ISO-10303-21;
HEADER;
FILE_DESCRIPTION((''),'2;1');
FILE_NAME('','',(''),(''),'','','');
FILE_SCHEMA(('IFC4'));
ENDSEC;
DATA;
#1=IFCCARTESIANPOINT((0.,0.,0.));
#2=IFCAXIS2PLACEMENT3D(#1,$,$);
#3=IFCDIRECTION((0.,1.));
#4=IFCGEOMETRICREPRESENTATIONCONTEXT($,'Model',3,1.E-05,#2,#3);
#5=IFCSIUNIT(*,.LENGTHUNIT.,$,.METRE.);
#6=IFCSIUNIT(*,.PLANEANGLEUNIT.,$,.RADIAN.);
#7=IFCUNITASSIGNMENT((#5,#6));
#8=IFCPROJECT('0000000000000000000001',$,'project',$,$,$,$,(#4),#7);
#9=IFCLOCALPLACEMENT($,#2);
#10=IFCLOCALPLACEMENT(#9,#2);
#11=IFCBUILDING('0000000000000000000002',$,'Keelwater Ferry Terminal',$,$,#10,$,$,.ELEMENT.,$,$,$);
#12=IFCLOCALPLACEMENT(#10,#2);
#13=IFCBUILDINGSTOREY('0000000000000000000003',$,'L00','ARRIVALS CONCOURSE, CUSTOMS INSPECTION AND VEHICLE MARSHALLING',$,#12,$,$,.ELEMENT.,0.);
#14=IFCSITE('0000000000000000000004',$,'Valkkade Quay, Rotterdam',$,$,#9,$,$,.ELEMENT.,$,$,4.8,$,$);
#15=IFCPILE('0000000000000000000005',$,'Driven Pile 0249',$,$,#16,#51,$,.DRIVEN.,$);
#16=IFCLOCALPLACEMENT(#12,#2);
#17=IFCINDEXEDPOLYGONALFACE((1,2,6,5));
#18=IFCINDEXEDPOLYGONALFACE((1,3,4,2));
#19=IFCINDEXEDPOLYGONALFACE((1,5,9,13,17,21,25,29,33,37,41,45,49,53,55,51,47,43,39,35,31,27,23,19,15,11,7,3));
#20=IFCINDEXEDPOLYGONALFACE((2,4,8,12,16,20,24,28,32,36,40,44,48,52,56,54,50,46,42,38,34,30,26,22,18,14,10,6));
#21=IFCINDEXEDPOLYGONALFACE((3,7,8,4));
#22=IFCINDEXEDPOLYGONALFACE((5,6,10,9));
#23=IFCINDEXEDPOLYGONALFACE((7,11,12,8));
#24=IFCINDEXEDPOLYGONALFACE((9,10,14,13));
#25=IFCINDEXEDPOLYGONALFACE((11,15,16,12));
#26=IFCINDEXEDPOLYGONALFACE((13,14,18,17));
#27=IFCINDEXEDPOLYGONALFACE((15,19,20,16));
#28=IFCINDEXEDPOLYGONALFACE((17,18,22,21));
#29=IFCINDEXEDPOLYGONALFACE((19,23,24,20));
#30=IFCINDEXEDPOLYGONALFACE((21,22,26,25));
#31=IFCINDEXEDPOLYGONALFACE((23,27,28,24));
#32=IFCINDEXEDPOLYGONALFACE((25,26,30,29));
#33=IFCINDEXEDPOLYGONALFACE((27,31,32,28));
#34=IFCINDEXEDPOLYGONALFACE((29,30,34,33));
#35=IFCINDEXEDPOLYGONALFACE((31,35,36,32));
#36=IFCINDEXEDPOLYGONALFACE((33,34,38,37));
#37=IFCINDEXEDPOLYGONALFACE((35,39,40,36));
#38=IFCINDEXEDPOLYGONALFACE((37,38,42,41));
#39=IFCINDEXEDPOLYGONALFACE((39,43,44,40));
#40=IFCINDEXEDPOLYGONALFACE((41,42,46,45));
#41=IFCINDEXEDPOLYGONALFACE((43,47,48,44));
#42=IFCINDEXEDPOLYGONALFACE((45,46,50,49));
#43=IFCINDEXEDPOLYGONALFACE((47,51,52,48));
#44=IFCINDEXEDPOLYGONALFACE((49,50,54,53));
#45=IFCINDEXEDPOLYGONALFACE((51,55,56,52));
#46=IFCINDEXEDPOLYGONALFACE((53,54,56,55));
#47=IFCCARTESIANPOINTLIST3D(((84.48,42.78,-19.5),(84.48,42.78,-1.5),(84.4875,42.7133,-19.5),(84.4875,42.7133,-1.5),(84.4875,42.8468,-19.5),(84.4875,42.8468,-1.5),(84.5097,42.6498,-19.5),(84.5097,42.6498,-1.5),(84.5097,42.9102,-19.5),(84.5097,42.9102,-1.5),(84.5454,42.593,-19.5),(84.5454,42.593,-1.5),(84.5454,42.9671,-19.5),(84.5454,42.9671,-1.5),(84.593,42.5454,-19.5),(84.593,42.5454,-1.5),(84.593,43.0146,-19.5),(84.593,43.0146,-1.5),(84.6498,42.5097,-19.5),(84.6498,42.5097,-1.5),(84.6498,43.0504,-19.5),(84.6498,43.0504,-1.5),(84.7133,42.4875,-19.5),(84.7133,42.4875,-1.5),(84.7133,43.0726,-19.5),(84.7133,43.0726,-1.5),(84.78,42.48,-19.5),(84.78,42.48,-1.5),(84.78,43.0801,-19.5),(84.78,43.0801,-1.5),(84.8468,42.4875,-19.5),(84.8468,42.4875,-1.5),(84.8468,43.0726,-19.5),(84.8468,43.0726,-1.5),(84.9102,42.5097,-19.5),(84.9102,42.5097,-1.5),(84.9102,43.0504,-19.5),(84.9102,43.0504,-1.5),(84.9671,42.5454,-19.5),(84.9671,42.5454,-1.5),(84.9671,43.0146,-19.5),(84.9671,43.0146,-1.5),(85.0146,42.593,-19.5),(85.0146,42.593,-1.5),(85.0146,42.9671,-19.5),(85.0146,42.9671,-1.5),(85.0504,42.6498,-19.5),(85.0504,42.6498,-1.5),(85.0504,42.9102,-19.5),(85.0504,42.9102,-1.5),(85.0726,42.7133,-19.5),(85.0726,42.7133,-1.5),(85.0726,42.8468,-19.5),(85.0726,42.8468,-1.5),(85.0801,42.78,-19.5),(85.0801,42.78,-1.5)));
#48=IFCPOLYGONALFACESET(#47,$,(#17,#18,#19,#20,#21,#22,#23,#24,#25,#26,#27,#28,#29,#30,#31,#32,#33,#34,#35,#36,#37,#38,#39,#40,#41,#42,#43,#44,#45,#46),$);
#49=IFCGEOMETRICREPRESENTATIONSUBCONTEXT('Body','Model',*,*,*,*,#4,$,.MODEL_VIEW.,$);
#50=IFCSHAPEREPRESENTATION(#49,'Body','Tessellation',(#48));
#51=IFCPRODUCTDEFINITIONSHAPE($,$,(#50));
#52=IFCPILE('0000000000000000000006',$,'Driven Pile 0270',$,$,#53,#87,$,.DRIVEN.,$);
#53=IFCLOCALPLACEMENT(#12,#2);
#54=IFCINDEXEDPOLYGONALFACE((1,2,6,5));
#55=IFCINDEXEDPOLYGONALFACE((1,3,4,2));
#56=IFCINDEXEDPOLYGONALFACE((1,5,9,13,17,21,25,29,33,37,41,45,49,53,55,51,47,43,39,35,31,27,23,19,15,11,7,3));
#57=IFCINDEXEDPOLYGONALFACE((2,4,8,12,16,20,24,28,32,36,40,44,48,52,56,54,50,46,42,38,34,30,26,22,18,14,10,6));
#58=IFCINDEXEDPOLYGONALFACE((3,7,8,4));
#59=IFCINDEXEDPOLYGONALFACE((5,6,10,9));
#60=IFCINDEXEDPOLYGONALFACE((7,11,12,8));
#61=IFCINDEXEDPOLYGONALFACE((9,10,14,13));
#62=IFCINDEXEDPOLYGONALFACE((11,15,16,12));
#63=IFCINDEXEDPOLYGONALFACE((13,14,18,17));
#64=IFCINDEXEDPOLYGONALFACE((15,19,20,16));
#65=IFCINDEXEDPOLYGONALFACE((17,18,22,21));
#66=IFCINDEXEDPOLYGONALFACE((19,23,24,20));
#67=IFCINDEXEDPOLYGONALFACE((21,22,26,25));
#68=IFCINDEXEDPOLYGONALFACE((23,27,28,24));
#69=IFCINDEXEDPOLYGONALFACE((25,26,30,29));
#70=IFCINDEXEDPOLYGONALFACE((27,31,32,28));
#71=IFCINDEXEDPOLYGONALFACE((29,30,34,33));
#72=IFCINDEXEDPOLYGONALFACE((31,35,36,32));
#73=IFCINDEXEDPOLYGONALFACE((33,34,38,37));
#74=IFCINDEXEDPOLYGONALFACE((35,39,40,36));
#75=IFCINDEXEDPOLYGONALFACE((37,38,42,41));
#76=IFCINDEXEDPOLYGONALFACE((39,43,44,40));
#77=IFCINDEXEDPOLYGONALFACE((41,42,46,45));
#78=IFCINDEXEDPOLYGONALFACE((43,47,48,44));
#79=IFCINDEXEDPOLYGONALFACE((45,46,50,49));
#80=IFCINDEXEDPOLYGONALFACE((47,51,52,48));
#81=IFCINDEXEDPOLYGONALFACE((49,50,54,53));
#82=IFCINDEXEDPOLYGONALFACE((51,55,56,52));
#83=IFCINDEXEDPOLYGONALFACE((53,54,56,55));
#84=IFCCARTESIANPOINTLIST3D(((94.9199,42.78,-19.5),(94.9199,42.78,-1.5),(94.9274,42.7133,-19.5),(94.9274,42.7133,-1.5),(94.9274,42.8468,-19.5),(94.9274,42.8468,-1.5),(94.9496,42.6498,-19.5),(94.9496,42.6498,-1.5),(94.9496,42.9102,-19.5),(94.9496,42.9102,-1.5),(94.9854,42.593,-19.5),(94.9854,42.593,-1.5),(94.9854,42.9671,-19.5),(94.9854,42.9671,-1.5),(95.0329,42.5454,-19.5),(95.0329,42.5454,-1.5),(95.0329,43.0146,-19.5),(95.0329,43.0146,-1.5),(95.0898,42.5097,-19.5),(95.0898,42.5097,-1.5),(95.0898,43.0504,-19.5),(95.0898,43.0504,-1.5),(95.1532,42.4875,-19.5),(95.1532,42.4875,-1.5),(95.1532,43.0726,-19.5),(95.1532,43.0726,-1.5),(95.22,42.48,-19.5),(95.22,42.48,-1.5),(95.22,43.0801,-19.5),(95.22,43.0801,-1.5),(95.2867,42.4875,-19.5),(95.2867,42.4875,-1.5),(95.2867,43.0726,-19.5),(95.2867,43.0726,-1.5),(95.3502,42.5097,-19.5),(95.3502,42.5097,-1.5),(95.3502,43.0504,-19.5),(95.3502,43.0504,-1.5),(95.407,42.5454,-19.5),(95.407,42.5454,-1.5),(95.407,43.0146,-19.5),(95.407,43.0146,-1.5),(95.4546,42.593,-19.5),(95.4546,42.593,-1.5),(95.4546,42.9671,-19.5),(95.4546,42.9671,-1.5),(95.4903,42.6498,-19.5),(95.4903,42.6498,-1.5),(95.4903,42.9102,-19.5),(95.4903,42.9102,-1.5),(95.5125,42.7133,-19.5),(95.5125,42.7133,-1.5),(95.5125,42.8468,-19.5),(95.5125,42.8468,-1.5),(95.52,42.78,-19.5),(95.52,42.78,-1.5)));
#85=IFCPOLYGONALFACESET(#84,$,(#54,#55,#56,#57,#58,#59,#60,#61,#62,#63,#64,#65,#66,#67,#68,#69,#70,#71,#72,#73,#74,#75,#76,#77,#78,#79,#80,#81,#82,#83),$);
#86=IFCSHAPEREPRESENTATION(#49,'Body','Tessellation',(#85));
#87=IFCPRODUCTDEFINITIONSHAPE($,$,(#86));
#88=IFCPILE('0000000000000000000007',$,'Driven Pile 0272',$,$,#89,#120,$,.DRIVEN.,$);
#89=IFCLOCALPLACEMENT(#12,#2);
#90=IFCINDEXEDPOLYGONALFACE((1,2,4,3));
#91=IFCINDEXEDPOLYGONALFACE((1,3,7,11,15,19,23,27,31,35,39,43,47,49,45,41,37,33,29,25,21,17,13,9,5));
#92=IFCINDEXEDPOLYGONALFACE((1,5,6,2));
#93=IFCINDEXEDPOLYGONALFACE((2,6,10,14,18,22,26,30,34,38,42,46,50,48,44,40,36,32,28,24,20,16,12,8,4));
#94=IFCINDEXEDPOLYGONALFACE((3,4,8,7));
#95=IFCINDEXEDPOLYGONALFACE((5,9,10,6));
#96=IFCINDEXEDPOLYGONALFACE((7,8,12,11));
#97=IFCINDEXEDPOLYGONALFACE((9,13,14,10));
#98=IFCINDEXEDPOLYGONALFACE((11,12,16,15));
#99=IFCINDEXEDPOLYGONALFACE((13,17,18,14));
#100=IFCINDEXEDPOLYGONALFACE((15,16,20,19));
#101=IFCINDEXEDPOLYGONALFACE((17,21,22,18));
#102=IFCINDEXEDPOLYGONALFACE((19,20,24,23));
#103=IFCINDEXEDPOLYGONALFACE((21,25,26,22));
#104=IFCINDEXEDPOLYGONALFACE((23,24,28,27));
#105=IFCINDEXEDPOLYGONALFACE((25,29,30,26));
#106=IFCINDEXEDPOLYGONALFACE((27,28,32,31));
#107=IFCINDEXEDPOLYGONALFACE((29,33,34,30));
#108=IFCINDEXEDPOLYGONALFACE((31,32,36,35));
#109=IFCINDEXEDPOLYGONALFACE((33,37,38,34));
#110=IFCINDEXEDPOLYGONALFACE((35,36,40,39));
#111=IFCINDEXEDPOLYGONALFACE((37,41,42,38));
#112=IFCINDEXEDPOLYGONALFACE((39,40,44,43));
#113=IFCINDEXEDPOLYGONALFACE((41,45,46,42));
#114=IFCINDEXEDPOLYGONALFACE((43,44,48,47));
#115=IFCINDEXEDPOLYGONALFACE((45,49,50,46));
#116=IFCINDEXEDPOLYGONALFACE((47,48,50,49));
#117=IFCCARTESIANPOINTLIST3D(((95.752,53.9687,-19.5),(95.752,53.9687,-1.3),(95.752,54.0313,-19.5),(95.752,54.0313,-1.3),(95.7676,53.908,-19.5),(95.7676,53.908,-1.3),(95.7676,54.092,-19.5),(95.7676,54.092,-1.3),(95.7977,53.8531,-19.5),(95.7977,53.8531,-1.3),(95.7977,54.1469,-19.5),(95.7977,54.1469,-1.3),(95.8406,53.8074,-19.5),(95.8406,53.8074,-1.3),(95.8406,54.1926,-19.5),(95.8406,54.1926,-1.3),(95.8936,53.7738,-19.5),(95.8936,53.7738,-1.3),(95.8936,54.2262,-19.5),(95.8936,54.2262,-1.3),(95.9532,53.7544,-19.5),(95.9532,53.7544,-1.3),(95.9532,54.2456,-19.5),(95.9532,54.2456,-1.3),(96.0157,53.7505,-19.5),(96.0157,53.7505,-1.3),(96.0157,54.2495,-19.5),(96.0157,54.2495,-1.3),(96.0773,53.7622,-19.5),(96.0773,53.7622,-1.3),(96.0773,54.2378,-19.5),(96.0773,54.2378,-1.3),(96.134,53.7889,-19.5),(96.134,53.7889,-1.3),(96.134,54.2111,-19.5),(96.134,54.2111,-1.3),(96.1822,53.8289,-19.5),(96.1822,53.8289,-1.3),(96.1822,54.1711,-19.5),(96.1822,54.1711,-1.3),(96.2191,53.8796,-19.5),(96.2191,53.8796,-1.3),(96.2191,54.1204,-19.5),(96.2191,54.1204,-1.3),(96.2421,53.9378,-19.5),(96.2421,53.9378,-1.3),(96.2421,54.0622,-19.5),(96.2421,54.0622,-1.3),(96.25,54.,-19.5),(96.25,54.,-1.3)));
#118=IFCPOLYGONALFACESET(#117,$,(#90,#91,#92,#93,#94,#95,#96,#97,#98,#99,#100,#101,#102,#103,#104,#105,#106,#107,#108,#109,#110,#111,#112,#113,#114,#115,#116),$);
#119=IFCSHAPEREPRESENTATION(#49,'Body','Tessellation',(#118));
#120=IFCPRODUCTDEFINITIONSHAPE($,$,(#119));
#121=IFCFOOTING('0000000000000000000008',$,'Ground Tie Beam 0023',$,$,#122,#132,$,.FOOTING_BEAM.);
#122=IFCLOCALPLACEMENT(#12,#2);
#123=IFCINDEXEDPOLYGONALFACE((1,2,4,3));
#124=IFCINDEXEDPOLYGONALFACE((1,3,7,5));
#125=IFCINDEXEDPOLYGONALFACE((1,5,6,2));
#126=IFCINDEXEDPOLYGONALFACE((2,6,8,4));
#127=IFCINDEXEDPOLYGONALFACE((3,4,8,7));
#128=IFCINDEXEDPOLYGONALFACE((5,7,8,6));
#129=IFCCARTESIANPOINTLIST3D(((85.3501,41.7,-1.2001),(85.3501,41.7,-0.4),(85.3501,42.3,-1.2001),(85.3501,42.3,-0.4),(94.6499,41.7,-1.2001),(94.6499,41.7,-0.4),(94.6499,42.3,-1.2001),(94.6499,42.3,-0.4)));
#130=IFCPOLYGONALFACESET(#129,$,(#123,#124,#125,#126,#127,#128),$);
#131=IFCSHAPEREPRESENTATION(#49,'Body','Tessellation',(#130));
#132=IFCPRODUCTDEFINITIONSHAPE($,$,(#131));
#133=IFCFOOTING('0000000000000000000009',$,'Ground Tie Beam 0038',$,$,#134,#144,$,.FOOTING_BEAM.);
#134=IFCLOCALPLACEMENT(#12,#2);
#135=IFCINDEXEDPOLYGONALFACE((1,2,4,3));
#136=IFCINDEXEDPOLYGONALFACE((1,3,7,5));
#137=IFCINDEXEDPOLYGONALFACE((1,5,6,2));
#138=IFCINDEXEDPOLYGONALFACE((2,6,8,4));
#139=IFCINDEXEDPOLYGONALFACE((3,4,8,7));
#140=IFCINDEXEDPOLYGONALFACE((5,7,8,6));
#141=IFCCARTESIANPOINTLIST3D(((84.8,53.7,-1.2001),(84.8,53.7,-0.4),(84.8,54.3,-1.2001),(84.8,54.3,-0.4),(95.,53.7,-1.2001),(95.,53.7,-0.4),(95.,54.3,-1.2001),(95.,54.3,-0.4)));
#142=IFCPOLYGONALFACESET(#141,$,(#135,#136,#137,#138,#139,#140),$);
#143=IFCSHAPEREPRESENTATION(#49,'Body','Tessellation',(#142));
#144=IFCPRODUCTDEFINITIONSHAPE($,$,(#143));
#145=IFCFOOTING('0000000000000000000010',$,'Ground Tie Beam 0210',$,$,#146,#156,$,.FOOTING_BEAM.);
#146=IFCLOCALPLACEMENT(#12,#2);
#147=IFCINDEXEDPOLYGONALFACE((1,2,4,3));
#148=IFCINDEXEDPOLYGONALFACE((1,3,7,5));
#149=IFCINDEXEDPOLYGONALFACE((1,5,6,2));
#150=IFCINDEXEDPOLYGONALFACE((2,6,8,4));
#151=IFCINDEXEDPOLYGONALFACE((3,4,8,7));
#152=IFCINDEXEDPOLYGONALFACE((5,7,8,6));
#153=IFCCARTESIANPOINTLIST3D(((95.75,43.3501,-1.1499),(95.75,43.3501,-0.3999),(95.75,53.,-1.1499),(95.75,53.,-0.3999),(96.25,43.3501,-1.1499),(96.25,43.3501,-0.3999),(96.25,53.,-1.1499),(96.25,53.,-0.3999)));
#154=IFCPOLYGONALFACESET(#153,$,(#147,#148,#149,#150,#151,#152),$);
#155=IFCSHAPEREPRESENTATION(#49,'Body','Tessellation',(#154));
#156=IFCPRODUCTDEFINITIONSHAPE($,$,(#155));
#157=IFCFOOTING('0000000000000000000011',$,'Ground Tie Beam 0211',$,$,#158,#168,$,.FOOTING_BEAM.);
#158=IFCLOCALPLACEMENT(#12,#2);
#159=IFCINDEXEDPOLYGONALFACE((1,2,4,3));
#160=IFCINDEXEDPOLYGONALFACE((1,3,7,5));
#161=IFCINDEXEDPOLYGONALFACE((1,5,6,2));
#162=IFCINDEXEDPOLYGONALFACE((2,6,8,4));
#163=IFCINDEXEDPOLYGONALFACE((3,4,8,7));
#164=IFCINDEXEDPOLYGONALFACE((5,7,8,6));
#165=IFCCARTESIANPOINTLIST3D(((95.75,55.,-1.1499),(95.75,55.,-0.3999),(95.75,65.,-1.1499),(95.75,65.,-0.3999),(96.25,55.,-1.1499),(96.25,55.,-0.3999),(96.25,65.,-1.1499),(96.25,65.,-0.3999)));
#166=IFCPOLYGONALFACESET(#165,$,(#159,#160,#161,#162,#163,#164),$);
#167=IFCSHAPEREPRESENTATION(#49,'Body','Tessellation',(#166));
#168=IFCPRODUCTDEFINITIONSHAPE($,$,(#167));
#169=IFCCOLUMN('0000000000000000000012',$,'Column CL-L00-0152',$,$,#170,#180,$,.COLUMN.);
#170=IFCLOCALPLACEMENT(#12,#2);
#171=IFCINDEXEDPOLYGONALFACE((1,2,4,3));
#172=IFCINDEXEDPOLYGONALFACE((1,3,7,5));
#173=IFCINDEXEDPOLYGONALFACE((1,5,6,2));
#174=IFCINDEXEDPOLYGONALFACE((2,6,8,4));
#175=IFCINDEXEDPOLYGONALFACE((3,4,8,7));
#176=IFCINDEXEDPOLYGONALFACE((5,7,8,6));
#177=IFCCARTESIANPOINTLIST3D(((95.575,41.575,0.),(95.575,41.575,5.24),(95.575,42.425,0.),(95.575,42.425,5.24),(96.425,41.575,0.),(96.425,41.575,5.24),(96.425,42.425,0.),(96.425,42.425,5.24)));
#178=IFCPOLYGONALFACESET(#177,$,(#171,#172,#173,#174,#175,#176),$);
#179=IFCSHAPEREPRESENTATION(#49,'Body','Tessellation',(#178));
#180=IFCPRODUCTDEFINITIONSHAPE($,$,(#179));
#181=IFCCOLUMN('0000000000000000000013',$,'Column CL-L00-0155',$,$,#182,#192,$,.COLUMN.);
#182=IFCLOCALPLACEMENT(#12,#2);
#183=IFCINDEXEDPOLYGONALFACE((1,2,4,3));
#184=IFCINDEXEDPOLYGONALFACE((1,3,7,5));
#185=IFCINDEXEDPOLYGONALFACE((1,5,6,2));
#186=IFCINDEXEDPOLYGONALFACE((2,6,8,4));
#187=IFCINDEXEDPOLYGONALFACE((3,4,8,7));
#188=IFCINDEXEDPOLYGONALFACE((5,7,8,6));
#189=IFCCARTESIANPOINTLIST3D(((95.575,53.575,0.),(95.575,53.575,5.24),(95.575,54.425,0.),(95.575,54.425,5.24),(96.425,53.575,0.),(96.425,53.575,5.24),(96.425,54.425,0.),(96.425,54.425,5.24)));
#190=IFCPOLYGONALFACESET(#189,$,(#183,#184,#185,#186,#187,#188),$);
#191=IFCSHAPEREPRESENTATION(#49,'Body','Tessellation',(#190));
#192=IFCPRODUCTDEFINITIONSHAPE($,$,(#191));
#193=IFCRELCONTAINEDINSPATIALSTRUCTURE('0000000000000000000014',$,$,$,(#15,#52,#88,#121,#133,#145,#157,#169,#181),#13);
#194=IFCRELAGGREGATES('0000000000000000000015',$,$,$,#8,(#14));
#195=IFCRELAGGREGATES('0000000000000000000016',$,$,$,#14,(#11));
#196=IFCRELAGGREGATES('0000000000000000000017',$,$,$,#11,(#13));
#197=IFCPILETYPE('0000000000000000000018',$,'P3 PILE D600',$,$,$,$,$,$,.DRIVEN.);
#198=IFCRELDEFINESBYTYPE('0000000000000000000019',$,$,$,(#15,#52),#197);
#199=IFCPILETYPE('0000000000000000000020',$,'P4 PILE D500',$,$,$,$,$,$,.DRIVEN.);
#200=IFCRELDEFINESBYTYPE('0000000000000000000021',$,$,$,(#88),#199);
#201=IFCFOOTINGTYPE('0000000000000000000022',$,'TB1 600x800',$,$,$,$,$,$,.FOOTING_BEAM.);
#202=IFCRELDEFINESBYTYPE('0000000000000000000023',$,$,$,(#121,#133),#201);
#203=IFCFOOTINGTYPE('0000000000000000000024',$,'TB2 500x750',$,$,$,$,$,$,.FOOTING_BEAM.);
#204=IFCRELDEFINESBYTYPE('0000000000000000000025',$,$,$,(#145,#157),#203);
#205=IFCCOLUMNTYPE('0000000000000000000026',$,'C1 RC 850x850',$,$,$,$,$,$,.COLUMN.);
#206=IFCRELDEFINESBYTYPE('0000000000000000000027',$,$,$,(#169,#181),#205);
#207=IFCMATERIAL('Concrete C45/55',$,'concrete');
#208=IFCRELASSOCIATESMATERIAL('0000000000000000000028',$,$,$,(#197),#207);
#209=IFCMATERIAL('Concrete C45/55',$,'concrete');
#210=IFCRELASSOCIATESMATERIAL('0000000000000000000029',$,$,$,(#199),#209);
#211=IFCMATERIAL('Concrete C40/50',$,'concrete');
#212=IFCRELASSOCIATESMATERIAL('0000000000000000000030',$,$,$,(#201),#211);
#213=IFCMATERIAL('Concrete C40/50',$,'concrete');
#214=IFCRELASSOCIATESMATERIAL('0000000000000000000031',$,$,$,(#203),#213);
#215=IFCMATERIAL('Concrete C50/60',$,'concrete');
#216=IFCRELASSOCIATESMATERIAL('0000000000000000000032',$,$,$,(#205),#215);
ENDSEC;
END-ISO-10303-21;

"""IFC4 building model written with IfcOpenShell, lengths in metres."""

from ifc_helpers import new_model, si_unit, direction, frame, origin, origin_2d, place, context, subcontext, project, spatial, rectangle, circle, extrude, material, material_profile, profile_set, type_object, element, save


model = new_model("IFC4")

# Units and contexts
model_context = context("Model", 3, precision=1e-05, world=origin(), true_north=direction((0.0, 1.0)))
body_context = subcontext(model_context, "Body", "Model", "MODEL_VIEW")
ifc_project = project(units=[si_unit("LENGTHUNIT", "METRE"), si_unit("PLANEANGLEUNIT", "RADIAN")], contexts=[model_context])

# Site, building, storey
site_placement = place(None, origin())
site = spatial("IfcSite", under=ifc_project, at=site_placement, Name="Valkkade Quay, Rotterdam", CompositionType="ELEMENT", RefElevation=4.8)
building_placement = place(site_placement, origin())
building = spatial("IfcBuilding", under=site, at=building_placement, Name="Keelwater Ferry Terminal", CompositionType="ELEMENT")
storey_placement = place(building_placement, origin())
storey = spatial("IfcBuildingStorey", under=building, at=storey_placement, Name="L00", Description="ARRIVALS CONCOURSE, CUSTOMS INSPECTION AND VEHICLE MARSHALLING", CompositionType="ELEMENT", Elevation=0.0)

# Piles
ifc_material_1 = material(Name="Concrete C45/55", Category="concrete")
ifc_material_profile_1 = material_profile(ifc_material_1, circle(Radius=0.3, at=origin_2d()), Name="PILE D600")
ifc_profile_set_1 = profile_set([ifc_material_profile_1], Name="Concrete C45/55")
pile_type_1 = type_object("IfcPileType", Name="P3 PILE D600", PredefinedType="DRIVEN", material=ifc_profile_set_1)
for number, where, z_axis, x_axis, name in (
    (1, (84.78, 42.78, -1.5), (0.0, 0.0, -1.0), (1.0, 0.0, 0.0), "Driven Pile 0249"),
    (2, (95.22, 42.78, -1.5), (0.0, 0.0, -1.0), (1.0, 0.0, 0.0), "Driven Pile 0270"),
):
    element("IfcPile", number, at=place(storey_placement, frame(where, z_axis=z_axis, x_axis=x_axis)), inside=storey, type_object=pile_type_1, Name=name, PredefinedType="DRIVEN", context=body_context, shape_type="SweptSolid", body=[
        extrude(circle(Radius=0.3, at=origin_2d()), origin(), (0.0, 0.0, 1.0), 18.0),
    ])
ifc_material_2 = material(Name="Concrete C45/55", Category="concrete")
ifc_material_profile_2 = material_profile(ifc_material_2, circle(Radius=0.25, at=origin_2d()), Name="PILE D500")
ifc_profile_set_2 = profile_set([ifc_material_profile_2], Name="Concrete C45/55")
pile_type_2 = type_object("IfcPileType", Name="P4 PILE D500", PredefinedType="DRIVEN", material=ifc_profile_set_2)
pile_placement = place(storey_placement, frame((96.0, 54.0, -1.3), z_axis=(0.0, 0.0, -1.0), x_axis=(1.0, 0.0, 0.0)))
element("IfcPile", 3, at=pile_placement, inside=storey, type_object=pile_type_2, Name="Driven Pile 0272", PredefinedType="DRIVEN", context=body_context, shape_type="SweptSolid", body=[
    extrude(circle(Radius=0.25, at=origin_2d()), origin(), (0.0, 0.0, 1.0), 18.2),
])

# Footings
ifc_material_3 = material(Name="Concrete C40/50", Category="concrete")
ifc_material_profile_3 = material_profile(ifc_material_3, rectangle(XDim=0.6001, YDim=0.8, at=origin_2d()), Name="TB 600x800")
ifc_profile_set_3 = profile_set([ifc_material_profile_3], Name="Concrete C40/50")
footing_type_1 = type_object("IfcFootingType", Name="TB1 600x800", PredefinedType="FOOTING_BEAM", material=ifc_profile_set_3)
footing_1_placement = place(storey_placement, frame((85.3501, 42.0, -0.8), z_axis=(1.0, 0.0, 0.0), x_axis=(0.0, 1.0, 0.0)))
element("IfcFooting", 4, at=footing_1_placement, inside=storey, type_object=footing_type_1, Name="Ground Tie Beam 0023", PredefinedType="FOOTING_BEAM", context=body_context, shape_type="SweptSolid", body=[
    extrude(rectangle(XDim=0.6001, YDim=0.8, at=origin_2d()), origin(), (0.0, 0.0, 1.0), 9.2998),
])
footing_2_placement = place(storey_placement, frame((84.8, 54.0, -0.8), z_axis=(1.0, 0.0, 0.0), x_axis=(0.0, 1.0, 0.0)))
element("IfcFooting", 5, at=footing_2_placement, inside=storey, type_object=footing_type_1, Name="Ground Tie Beam 0038", PredefinedType="FOOTING_BEAM", context=body_context, shape_type="SweptSolid", body=[
    extrude(rectangle(XDim=0.6001, YDim=0.8, at=origin_2d()), origin(), (0.0, 0.0, 1.0), 10.2),
])
ifc_material_4 = material(Name="Concrete C40/50", Category="concrete")
ifc_material_profile_4 = material_profile(ifc_material_4, rectangle(XDim=0.5, YDim=0.75, at=origin_2d()), Name="TB 500x750")
ifc_profile_set_4 = profile_set([ifc_material_profile_4], Name="Concrete C40/50")
footing_type_2 = type_object("IfcFootingType", Name="TB2 500x750", PredefinedType="FOOTING_BEAM", material=ifc_profile_set_4)
footing_3_placement = place(storey_placement, frame((96.0, 43.3501, -0.7749), z_axis=(0.0, 1.0, 0.0), x_axis=(-1.0, 0.0, 0.0)))
element("IfcFooting", 6, at=footing_3_placement, inside=storey, type_object=footing_type_2, Name="Ground Tie Beam 0210", PredefinedType="FOOTING_BEAM", context=body_context, shape_type="SweptSolid", body=[
    extrude(rectangle(XDim=0.5, YDim=0.75, at=origin_2d()), origin(), (0.0, 0.0, 1.0), 9.6499),
])
footing_4_placement = place(storey_placement, frame((96.0, 55.0, -0.7749), z_axis=(0.0, 1.0, 0.0), x_axis=(-1.0, 0.0, 0.0)))
element("IfcFooting", 7, at=footing_4_placement, inside=storey, type_object=footing_type_2, Name="Ground Tie Beam 0211", PredefinedType="FOOTING_BEAM", context=body_context, shape_type="SweptSolid", body=[
    extrude(rectangle(XDim=0.5, YDim=0.75, at=origin_2d()), origin(), (0.0, 0.0, 1.0), 10.0),
])

# Columns
ifc_material_5 = material(Name="Concrete C50/60", Category="concrete")
ifc_material_profile_5 = material_profile(ifc_material_5, rectangle(XDim=0.8501, YDim=0.8501, at=origin_2d()), Name="RC 850x850")
ifc_profile_set_5 = profile_set([ifc_material_profile_5], Name="Concrete C50/60")
column_type = type_object("IfcColumnType", Name="C1 RC 850x850", PredefinedType="COLUMN", material=ifc_profile_set_5)
for number, where, z_axis, x_axis, name in (
    (8, (96.0, 42.0, 0.0), (0.0, 0.0, 1.0), (1.0, 0.0, 0.0), "Column CL-L00-0152"),
    (9, (96.0, 54.0, 0.0), (0.0, 0.0, 1.0), (1.0, 0.0, 0.0), "Column CL-L00-0155"),
):
    element("IfcColumn", number, at=place(storey_placement, frame(where, z_axis=z_axis, x_axis=x_axis)), inside=storey, type_object=column_type, Name=name, PredefinedType="COLUMN", context=body_context, shape_type="SweptSolid", body=[
        extrude(rectangle(XDim=0.8501, YDim=0.8501, at=origin_2d()), origin(), (0.0, 0.0, 1.0), 5.24),
    ])

save(model, "model.ifc")
